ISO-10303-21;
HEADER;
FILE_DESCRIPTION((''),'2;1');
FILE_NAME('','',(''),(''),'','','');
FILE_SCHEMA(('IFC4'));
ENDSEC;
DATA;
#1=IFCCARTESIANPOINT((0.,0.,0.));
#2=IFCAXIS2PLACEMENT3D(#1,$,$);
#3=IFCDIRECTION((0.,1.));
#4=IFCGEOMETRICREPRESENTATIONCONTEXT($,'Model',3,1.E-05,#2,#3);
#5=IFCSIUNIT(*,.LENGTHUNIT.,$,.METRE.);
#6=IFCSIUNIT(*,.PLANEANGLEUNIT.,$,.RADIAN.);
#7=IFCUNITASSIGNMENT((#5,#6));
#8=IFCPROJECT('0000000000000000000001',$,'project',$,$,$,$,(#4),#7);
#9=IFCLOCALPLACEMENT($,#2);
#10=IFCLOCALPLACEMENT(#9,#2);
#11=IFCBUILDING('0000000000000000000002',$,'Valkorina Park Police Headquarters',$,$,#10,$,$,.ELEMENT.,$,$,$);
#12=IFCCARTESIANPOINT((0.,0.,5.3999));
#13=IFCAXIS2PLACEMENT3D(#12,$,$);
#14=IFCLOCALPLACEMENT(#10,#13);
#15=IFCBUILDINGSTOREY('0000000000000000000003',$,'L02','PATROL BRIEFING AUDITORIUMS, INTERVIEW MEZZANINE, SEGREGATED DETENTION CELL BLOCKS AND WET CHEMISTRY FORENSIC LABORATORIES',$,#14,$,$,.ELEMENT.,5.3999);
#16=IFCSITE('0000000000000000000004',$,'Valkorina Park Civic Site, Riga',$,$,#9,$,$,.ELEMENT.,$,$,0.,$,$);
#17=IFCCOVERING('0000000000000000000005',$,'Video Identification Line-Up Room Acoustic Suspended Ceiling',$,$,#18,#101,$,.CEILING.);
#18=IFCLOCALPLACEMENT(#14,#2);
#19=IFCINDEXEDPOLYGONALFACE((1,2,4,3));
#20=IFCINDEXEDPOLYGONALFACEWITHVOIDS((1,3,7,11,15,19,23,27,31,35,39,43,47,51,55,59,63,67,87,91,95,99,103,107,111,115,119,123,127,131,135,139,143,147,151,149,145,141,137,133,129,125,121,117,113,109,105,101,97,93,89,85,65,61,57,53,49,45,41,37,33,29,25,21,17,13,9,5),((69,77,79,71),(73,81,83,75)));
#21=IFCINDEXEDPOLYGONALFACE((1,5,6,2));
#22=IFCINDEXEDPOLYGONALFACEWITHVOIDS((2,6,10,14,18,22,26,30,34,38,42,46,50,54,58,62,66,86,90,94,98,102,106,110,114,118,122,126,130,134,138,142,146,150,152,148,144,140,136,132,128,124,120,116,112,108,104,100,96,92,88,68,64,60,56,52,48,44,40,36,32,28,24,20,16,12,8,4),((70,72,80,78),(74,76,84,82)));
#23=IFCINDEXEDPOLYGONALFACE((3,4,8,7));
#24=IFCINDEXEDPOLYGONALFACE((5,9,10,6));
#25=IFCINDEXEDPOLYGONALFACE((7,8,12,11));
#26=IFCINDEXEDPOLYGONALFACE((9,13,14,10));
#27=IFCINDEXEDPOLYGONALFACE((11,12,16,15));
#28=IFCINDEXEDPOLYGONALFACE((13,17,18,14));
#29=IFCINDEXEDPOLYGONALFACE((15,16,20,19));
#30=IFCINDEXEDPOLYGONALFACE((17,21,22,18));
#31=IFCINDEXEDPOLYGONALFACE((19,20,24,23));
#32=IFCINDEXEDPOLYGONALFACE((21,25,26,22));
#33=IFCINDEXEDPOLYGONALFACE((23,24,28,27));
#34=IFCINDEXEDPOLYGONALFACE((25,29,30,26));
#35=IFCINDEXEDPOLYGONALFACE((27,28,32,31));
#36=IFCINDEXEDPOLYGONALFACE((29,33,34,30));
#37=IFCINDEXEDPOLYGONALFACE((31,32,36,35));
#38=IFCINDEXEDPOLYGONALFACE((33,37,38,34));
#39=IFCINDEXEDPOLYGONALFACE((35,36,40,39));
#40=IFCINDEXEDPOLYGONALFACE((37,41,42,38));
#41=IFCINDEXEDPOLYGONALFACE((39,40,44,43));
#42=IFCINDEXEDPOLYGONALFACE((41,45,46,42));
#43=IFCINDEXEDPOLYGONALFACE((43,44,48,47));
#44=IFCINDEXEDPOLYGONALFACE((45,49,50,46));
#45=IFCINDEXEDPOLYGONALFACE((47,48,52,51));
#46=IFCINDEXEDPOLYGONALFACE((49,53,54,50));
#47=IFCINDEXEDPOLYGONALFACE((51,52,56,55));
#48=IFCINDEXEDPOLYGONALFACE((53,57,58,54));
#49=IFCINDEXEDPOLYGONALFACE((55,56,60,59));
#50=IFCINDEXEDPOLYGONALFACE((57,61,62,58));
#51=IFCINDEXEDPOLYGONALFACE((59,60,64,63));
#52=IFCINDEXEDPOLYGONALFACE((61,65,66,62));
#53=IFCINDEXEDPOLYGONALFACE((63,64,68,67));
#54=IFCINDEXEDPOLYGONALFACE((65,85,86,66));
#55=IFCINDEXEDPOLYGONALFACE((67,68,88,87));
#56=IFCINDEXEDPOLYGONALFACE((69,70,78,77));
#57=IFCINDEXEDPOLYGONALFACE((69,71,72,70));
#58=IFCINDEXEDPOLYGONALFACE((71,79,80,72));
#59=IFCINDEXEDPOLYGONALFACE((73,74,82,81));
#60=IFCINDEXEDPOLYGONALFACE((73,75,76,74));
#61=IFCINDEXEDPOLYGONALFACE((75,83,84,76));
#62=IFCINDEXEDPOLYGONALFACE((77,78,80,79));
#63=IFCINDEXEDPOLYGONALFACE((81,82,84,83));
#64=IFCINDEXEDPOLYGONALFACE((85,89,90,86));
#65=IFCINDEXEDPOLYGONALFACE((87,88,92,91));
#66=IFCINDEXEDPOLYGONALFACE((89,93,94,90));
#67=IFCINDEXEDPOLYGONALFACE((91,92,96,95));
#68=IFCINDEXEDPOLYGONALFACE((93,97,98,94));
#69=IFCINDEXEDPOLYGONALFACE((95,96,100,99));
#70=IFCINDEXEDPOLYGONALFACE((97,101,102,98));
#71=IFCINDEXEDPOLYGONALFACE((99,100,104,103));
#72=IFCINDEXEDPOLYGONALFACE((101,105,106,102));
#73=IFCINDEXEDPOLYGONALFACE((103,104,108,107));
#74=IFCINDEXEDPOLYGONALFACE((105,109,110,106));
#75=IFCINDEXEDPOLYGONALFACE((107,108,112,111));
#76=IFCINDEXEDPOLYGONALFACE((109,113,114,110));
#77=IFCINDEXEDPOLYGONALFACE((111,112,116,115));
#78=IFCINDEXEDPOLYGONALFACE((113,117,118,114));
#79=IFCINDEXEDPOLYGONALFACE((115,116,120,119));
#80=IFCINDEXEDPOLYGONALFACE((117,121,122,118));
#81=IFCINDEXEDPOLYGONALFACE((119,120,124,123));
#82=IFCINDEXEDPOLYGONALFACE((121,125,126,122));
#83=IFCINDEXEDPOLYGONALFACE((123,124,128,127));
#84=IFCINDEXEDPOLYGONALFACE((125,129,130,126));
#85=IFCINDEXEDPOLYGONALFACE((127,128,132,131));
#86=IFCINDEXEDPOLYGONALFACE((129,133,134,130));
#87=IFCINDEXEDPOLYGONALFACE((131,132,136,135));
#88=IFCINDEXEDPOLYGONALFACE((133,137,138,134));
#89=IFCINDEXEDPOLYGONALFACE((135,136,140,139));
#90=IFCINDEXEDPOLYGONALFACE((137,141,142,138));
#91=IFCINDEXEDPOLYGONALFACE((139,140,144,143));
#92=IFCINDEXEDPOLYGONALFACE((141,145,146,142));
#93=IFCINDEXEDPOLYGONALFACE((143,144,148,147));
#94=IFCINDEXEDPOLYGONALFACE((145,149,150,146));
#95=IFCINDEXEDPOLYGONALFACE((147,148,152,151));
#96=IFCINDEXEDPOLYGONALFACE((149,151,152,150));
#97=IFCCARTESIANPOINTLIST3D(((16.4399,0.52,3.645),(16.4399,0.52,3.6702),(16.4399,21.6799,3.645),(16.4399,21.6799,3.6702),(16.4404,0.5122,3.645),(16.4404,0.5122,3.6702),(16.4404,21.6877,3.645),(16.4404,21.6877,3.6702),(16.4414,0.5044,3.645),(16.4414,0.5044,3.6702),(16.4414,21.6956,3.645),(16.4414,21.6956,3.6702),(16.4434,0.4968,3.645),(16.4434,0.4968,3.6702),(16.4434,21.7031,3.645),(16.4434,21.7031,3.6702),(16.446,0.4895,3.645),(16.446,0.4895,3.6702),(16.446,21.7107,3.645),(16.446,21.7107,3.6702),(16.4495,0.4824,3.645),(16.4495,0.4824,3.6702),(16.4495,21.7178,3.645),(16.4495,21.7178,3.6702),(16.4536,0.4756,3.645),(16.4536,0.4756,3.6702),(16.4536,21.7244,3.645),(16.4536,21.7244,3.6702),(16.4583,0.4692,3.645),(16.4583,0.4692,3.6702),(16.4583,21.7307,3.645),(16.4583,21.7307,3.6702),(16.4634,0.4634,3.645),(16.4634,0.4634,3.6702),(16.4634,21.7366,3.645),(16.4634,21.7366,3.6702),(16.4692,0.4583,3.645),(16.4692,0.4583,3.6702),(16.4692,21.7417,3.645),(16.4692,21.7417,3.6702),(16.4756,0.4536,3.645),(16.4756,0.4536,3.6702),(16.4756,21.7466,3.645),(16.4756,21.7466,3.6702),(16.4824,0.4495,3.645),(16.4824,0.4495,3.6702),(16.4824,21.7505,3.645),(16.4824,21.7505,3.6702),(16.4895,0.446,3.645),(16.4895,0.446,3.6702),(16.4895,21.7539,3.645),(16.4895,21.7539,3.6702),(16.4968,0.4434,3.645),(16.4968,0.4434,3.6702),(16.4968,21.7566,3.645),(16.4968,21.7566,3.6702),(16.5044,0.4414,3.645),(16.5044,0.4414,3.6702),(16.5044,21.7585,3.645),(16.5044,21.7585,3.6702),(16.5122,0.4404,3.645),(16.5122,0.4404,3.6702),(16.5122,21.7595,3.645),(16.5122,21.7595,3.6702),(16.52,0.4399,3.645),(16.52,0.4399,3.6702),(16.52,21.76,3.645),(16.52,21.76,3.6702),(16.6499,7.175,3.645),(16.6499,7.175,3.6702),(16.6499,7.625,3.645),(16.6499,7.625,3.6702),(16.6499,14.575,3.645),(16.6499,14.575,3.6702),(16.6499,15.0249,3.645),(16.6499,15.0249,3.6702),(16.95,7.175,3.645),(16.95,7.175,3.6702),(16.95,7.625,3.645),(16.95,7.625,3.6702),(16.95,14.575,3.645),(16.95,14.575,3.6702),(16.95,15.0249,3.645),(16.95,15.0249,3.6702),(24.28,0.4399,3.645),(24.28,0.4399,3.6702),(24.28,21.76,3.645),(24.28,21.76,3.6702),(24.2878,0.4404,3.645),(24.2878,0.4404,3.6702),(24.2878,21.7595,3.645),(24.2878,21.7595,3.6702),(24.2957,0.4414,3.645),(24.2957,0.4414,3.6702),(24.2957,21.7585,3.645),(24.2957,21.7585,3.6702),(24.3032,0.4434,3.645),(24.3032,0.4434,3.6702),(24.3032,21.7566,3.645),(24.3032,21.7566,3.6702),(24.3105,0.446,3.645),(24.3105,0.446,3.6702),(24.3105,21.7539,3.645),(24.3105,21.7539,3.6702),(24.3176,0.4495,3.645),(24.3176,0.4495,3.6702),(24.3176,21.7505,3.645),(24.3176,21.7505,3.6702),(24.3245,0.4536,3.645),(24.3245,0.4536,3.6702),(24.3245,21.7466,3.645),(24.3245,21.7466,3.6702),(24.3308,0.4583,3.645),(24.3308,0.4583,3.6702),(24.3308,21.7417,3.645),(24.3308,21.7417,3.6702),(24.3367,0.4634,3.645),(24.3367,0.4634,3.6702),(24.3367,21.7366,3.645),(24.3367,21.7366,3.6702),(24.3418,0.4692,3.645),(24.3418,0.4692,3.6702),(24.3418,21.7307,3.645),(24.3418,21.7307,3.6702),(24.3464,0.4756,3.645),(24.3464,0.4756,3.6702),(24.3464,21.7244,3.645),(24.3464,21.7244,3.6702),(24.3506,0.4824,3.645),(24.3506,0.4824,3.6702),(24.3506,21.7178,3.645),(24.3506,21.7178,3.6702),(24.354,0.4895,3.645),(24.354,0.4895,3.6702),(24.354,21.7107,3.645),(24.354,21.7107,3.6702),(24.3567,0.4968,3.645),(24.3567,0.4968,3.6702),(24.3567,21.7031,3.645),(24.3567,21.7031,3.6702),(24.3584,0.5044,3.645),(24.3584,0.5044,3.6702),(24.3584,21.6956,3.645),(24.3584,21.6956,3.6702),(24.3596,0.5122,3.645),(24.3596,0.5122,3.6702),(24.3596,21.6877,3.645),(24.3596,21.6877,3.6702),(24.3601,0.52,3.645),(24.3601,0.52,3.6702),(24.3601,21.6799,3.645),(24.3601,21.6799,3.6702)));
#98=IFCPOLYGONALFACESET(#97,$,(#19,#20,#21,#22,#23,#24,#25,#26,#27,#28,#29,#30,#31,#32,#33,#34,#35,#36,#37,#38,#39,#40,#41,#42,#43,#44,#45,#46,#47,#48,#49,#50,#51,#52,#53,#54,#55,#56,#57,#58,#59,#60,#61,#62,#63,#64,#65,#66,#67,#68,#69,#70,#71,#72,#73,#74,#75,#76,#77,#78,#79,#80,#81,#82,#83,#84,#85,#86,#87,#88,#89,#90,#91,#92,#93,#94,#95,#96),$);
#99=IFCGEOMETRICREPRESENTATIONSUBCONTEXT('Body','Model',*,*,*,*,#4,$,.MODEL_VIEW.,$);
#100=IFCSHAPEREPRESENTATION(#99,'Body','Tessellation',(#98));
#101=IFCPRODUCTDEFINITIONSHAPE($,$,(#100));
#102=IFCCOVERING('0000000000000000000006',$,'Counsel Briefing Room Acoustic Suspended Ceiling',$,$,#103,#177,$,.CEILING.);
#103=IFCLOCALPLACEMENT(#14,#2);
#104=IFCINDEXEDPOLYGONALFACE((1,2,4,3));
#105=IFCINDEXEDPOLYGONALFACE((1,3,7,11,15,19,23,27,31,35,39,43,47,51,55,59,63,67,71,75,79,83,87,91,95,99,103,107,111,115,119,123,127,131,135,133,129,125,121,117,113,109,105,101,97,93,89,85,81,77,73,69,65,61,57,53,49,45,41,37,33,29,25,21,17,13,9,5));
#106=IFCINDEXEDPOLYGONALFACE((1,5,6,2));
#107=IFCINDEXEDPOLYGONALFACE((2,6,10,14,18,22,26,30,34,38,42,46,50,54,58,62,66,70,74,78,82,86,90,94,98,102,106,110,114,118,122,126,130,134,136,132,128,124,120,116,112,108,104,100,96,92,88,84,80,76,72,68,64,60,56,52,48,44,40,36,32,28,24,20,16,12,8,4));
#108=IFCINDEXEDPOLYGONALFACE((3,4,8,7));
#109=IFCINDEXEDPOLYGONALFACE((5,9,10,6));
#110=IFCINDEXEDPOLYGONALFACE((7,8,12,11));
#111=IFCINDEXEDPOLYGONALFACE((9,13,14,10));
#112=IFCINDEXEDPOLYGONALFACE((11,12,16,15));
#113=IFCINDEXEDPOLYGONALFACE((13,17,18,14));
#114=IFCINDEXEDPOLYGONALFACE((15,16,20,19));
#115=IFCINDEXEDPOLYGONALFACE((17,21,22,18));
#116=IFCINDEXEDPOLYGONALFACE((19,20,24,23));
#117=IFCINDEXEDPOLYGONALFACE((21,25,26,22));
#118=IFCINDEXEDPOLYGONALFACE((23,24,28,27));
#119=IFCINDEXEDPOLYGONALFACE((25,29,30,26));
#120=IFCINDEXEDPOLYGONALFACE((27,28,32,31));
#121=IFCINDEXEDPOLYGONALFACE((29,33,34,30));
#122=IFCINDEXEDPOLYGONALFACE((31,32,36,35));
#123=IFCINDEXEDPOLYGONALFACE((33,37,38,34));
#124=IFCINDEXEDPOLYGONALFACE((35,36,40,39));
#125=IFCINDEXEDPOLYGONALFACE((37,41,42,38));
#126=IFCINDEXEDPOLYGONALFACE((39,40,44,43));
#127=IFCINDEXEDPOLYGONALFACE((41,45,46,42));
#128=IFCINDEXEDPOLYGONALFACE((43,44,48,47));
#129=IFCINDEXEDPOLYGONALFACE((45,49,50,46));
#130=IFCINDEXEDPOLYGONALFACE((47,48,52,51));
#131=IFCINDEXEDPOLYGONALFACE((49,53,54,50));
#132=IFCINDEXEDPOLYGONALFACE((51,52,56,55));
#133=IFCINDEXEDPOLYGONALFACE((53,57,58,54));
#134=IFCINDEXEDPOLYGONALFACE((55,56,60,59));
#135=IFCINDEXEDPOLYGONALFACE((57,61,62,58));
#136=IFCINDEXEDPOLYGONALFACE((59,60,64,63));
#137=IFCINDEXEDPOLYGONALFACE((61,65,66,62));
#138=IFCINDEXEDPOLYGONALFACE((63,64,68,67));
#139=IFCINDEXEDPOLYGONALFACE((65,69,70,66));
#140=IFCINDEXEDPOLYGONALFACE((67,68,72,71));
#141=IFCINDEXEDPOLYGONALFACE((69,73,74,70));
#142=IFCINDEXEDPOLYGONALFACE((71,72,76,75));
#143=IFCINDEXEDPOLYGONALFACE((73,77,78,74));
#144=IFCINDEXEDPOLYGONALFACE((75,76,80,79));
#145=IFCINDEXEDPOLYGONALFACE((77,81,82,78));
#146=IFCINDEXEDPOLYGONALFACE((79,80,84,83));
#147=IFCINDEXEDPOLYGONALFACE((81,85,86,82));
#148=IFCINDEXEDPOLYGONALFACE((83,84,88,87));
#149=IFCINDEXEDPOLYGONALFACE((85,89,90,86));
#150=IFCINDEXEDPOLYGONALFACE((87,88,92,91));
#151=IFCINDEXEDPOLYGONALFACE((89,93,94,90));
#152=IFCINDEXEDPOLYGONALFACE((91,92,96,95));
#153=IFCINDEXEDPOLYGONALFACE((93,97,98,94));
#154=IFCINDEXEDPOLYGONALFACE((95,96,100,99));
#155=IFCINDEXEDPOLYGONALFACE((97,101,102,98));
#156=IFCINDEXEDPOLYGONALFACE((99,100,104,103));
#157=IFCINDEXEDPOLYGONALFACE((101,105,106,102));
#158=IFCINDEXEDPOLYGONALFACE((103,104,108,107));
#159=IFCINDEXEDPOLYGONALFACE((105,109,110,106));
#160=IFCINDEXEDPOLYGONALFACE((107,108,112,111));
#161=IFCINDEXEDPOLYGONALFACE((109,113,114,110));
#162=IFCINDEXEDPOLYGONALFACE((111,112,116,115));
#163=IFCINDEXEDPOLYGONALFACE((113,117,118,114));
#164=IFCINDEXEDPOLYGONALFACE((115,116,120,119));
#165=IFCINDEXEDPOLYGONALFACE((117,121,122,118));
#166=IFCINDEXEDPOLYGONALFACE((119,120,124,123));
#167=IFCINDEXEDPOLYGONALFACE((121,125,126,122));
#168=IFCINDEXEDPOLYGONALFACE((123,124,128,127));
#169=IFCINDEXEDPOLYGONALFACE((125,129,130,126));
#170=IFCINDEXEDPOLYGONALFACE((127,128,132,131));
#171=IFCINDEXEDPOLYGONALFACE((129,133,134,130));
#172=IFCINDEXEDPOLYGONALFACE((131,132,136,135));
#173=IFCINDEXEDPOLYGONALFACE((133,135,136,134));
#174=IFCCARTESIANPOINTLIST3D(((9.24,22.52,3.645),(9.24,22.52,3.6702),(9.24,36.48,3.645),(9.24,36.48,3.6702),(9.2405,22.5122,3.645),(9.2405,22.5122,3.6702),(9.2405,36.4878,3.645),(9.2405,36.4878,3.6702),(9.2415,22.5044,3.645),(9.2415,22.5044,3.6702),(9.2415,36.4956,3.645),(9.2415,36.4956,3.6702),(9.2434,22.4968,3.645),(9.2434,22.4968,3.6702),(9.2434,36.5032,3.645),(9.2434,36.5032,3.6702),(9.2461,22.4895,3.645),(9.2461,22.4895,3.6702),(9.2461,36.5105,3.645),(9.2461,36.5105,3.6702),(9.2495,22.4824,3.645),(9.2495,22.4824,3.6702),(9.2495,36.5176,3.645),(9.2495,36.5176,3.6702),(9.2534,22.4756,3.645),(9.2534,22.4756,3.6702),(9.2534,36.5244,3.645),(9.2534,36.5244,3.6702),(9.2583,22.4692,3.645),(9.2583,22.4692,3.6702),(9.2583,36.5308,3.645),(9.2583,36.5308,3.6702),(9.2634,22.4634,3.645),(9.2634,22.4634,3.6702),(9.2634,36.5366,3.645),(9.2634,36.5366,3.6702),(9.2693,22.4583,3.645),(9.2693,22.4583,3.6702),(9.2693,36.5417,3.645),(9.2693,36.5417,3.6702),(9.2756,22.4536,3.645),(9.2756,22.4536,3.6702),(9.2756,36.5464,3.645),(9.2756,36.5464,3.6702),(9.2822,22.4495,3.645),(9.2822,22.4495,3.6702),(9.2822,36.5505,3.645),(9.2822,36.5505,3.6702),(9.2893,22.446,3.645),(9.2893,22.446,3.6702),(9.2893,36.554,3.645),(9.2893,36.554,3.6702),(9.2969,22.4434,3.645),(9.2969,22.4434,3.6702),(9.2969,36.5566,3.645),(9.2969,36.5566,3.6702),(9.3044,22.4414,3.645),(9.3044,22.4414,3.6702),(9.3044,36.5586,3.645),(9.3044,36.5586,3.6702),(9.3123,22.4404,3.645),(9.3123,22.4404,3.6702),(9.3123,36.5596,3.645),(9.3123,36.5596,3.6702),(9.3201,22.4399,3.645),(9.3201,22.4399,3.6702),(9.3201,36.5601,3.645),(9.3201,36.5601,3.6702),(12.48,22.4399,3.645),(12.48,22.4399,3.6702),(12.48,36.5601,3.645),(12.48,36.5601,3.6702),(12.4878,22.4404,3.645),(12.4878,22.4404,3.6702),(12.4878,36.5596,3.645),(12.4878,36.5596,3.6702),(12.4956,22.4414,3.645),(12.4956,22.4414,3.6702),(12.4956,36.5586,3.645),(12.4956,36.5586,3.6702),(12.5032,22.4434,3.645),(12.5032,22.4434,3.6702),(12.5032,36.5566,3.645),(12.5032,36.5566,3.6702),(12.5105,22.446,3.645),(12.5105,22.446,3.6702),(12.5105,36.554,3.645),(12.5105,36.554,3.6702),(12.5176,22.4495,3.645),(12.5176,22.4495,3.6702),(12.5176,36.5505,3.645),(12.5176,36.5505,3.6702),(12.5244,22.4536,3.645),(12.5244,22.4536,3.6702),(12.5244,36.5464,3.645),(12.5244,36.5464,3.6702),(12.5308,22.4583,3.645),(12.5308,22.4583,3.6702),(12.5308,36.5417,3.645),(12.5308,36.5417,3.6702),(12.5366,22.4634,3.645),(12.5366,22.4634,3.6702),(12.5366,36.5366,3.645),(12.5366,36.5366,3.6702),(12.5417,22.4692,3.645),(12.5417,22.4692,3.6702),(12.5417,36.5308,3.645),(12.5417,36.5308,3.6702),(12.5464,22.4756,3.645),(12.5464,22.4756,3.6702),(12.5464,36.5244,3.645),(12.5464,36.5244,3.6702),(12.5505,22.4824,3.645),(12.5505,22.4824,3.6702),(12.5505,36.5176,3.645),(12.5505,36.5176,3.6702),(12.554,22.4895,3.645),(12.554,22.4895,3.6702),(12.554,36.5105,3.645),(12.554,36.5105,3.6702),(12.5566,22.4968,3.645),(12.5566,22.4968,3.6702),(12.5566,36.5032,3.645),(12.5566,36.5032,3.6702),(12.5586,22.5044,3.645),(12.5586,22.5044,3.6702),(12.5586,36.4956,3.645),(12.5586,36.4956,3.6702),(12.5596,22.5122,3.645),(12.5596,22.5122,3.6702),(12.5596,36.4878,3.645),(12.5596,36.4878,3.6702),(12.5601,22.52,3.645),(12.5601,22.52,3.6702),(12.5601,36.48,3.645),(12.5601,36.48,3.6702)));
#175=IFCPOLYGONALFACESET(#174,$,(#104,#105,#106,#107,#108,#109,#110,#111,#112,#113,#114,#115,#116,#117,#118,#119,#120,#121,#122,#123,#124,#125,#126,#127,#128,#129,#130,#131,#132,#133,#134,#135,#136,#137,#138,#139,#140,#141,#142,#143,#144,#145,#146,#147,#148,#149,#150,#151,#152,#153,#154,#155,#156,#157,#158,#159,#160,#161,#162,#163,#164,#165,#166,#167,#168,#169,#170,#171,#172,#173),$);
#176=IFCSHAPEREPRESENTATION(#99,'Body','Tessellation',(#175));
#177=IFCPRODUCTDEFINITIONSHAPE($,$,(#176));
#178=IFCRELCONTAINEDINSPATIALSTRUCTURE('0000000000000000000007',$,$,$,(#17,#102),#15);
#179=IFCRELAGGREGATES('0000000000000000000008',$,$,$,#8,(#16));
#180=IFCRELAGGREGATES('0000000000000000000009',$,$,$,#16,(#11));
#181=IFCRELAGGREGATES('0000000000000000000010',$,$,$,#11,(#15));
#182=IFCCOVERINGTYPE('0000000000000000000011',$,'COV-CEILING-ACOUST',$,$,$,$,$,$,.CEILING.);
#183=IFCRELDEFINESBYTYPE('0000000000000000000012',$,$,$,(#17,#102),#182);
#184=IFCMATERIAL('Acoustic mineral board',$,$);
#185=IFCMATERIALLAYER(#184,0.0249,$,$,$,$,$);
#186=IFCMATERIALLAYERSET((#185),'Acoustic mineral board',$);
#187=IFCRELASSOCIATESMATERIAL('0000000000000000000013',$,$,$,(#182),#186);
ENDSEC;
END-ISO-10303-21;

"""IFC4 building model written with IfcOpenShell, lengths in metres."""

from ifc_helpers import new_model, si_unit, direction, frame, origin, place, context, subcontext, project, spatial, polyline, outline, extrude, material, layer, layer_set, type_object, element, save


model = new_model("IFC4")

# Units and contexts
model_context = context("Model", 3, precision=1e-05, world=origin(), true_north=direction((0.0, 1.0)))
body_context = subcontext(model_context, "Body", "Model", "MODEL_VIEW")
ifc_project = project(units=[si_unit("LENGTHUNIT", "METRE"), si_unit("PLANEANGLEUNIT", "RADIAN")], contexts=[model_context])

# Site, building, storey
site_placement = place(None, origin())
site = spatial("IfcSite", under=ifc_project, at=site_placement, Name="Valkorina Park Civic Site, Riga", CompositionType="ELEMENT", RefElevation=0.0)
building_placement = place(site_placement, origin())
building = spatial("IfcBuilding", under=site, at=building_placement, Name="Valkorina Park Police Headquarters", CompositionType="ELEMENT")
storey_placement = place(building_placement, frame((0.0, 0.0, 5.3999)))
storey = spatial("IfcBuildingStorey", under=building, at=storey_placement, Name="L02", Description="PATROL BRIEFING AUDITORIUMS, INTERVIEW MEZZANINE, SEGREGATED DETENTION CELL BLOCKS AND WET CHEMISTRY FORENSIC LABORATORIES", CompositionType="ELEMENT", Elevation=5.3999)

# Coverings
ifc_material_1 = material(Name="Acoustic mineral board")
ifc_layer_1 = layer(ifc_material_1, 0.0249)
ifc_layer_set_1 = layer_set([ifc_layer_1], Name="Acoustic mineral board")
covering_type_1 = type_object("IfcCoveringType", Name="COV-CEILING-ACOUST", PredefinedType="CEILING", material=ifc_layer_set_1)
covering_1_placement = place(storey_placement, frame((0.0, 0.0, 3.645)))
element("IfcCovering", 1, at=covering_1_placement, inside=storey, type_object=covering_type_1, Name="Video Identification Line-Up Room Acoustic Suspended Ceiling", PredefinedType="CEILING", context=body_context, shape_type="SweptSolid", body=[
    extrude(outline(polyline([(24.3584, 0.5044), (24.3596, 0.5122), (24.3601, 0.52), (24.3601, 21.6799), (24.3596, 21.6877), (24.3584, 21.6956), (24.3567, 21.7031), (24.354, 21.7107), (24.3506, 21.7178), (24.3464, 21.7244), (24.3418, 21.7307), (24.3367, 21.7366), (24.3308, 21.7417), (24.3245, 21.7466), (24.3176, 21.7505), (24.3105, 21.7539), (24.3032, 21.7566), (24.2957, 21.7585), (24.2878, 21.7595), (24.28, 21.76), (16.52, 21.76), (16.5122, 21.7595), (16.5044, 21.7585), (16.4968, 21.7566), (16.4895, 21.7539), (16.4824, 21.7505), (16.4756, 21.7466), (16.4692, 21.7417), (16.4634, 21.7366), (16.4583, 21.7307), (16.4536, 21.7244), (16.4495, 21.7178), (16.446, 21.7107), (16.4434, 21.7031), (16.4414, 21.6956), (16.4404, 21.6877), (16.4399, 21.6799), (16.4399, 0.52), (16.4404, 0.5122), (16.4414, 0.5044), (16.4434, 0.4968), (16.446, 0.4895), (16.4495, 0.4824), (16.4536, 0.4756), (16.4583, 0.4692), (16.4634, 0.4634), (16.4692, 0.4583), (16.4756, 0.4536), (16.4824, 0.4495), (16.4895, 0.446), (16.4968, 0.4434), (16.5044, 0.4414), (16.5122, 0.4404), (16.52, 0.4399), (24.28, 0.4399), (24.2878, 0.4404), (24.2957, 0.4414), (24.3032, 0.4434), (24.3105, 0.446), (24.3176, 0.4495), (24.3245, 0.4536), (24.3308, 0.4583), (24.3367, 0.4634), (24.3418, 0.4692), (24.3464, 0.4756), (24.3506, 0.4824), (24.354, 0.4895), (24.3567, 0.4968), (24.3584, 0.5044)]), holes=[polyline([(16.95, 7.175), (16.6499, 7.175), (16.6499, 7.625), (16.95, 7.625), (16.95, 7.175)]), polyline([(16.95, 14.575), (16.6499, 14.575), (16.6499, 15.0249), (16.95, 15.0249), (16.95, 14.575)])]), origin(), (0.0, 0.0, 1.0), 0.0251),
])
covering_2_placement = place(storey_placement, frame((0.0, 0.0, 3.645)))
element("IfcCovering", 2, at=covering_2_placement, inside=storey, type_object=covering_type_1, Name="Counsel Briefing Room Acoustic Suspended Ceiling", PredefinedType="CEILING", context=body_context, shape_type="SweptSolid", body=[
    extrude(outline(polyline([(12.5586, 22.5044), (12.5596, 22.5122), (12.5601, 22.52), (12.5601, 36.48), (12.5596, 36.4878), (12.5586, 36.4956), (12.5566, 36.5032), (12.554, 36.5105), (12.5505, 36.5176), (12.5464, 36.5244), (12.5417, 36.5308), (12.5366, 36.5366), (12.5308, 36.5417), (12.5244, 36.5464), (12.5176, 36.5505), (12.5105, 36.554), (12.5032, 36.5566), (12.4956, 36.5586), (12.4878, 36.5596), (12.48, 36.5601), (9.3201, 36.5601), (9.3123, 36.5596), (9.3044, 36.5586), (9.2969, 36.5566), (9.2893, 36.554), (9.2822, 36.5505), (9.2756, 36.5464), (9.2693, 36.5417), (9.2634, 36.5366), (9.2583, 36.5308), (9.2534, 36.5244), (9.2495, 36.5176), (9.2461, 36.5105), (9.2434, 36.5032), (9.2415, 36.4956), (9.2405, 36.4878), (9.24, 36.48), (9.24, 22.52), (9.2405, 22.5122), (9.2415, 22.5044), (9.2434, 22.4968), (9.2461, 22.4895), (9.2495, 22.4824), (9.2534, 22.4756), (9.2583, 22.4692), (9.2634, 22.4634), (9.2693, 22.4583), (9.2756, 22.4536), (9.2822, 22.4495), (9.2893, 22.446), (9.2969, 22.4434), (9.3044, 22.4414), (9.3123, 22.4404), (9.3201, 22.4399), (12.48, 22.4399), (12.4878, 22.4404), (12.4956, 22.4414), (12.5032, 22.4434), (12.5105, 22.446), (12.5176, 22.4495), (12.5244, 22.4536), (12.5308, 22.4583), (12.5366, 22.4634), (12.5417, 22.4692), (12.5464, 22.4756), (12.5505, 22.4824), (12.554, 22.4895), (12.5566, 22.4968), (12.5586, 22.5044)])), origin(), (0.0, 0.0, 1.0), 0.0251),
])

save(model, "model.ifc")
